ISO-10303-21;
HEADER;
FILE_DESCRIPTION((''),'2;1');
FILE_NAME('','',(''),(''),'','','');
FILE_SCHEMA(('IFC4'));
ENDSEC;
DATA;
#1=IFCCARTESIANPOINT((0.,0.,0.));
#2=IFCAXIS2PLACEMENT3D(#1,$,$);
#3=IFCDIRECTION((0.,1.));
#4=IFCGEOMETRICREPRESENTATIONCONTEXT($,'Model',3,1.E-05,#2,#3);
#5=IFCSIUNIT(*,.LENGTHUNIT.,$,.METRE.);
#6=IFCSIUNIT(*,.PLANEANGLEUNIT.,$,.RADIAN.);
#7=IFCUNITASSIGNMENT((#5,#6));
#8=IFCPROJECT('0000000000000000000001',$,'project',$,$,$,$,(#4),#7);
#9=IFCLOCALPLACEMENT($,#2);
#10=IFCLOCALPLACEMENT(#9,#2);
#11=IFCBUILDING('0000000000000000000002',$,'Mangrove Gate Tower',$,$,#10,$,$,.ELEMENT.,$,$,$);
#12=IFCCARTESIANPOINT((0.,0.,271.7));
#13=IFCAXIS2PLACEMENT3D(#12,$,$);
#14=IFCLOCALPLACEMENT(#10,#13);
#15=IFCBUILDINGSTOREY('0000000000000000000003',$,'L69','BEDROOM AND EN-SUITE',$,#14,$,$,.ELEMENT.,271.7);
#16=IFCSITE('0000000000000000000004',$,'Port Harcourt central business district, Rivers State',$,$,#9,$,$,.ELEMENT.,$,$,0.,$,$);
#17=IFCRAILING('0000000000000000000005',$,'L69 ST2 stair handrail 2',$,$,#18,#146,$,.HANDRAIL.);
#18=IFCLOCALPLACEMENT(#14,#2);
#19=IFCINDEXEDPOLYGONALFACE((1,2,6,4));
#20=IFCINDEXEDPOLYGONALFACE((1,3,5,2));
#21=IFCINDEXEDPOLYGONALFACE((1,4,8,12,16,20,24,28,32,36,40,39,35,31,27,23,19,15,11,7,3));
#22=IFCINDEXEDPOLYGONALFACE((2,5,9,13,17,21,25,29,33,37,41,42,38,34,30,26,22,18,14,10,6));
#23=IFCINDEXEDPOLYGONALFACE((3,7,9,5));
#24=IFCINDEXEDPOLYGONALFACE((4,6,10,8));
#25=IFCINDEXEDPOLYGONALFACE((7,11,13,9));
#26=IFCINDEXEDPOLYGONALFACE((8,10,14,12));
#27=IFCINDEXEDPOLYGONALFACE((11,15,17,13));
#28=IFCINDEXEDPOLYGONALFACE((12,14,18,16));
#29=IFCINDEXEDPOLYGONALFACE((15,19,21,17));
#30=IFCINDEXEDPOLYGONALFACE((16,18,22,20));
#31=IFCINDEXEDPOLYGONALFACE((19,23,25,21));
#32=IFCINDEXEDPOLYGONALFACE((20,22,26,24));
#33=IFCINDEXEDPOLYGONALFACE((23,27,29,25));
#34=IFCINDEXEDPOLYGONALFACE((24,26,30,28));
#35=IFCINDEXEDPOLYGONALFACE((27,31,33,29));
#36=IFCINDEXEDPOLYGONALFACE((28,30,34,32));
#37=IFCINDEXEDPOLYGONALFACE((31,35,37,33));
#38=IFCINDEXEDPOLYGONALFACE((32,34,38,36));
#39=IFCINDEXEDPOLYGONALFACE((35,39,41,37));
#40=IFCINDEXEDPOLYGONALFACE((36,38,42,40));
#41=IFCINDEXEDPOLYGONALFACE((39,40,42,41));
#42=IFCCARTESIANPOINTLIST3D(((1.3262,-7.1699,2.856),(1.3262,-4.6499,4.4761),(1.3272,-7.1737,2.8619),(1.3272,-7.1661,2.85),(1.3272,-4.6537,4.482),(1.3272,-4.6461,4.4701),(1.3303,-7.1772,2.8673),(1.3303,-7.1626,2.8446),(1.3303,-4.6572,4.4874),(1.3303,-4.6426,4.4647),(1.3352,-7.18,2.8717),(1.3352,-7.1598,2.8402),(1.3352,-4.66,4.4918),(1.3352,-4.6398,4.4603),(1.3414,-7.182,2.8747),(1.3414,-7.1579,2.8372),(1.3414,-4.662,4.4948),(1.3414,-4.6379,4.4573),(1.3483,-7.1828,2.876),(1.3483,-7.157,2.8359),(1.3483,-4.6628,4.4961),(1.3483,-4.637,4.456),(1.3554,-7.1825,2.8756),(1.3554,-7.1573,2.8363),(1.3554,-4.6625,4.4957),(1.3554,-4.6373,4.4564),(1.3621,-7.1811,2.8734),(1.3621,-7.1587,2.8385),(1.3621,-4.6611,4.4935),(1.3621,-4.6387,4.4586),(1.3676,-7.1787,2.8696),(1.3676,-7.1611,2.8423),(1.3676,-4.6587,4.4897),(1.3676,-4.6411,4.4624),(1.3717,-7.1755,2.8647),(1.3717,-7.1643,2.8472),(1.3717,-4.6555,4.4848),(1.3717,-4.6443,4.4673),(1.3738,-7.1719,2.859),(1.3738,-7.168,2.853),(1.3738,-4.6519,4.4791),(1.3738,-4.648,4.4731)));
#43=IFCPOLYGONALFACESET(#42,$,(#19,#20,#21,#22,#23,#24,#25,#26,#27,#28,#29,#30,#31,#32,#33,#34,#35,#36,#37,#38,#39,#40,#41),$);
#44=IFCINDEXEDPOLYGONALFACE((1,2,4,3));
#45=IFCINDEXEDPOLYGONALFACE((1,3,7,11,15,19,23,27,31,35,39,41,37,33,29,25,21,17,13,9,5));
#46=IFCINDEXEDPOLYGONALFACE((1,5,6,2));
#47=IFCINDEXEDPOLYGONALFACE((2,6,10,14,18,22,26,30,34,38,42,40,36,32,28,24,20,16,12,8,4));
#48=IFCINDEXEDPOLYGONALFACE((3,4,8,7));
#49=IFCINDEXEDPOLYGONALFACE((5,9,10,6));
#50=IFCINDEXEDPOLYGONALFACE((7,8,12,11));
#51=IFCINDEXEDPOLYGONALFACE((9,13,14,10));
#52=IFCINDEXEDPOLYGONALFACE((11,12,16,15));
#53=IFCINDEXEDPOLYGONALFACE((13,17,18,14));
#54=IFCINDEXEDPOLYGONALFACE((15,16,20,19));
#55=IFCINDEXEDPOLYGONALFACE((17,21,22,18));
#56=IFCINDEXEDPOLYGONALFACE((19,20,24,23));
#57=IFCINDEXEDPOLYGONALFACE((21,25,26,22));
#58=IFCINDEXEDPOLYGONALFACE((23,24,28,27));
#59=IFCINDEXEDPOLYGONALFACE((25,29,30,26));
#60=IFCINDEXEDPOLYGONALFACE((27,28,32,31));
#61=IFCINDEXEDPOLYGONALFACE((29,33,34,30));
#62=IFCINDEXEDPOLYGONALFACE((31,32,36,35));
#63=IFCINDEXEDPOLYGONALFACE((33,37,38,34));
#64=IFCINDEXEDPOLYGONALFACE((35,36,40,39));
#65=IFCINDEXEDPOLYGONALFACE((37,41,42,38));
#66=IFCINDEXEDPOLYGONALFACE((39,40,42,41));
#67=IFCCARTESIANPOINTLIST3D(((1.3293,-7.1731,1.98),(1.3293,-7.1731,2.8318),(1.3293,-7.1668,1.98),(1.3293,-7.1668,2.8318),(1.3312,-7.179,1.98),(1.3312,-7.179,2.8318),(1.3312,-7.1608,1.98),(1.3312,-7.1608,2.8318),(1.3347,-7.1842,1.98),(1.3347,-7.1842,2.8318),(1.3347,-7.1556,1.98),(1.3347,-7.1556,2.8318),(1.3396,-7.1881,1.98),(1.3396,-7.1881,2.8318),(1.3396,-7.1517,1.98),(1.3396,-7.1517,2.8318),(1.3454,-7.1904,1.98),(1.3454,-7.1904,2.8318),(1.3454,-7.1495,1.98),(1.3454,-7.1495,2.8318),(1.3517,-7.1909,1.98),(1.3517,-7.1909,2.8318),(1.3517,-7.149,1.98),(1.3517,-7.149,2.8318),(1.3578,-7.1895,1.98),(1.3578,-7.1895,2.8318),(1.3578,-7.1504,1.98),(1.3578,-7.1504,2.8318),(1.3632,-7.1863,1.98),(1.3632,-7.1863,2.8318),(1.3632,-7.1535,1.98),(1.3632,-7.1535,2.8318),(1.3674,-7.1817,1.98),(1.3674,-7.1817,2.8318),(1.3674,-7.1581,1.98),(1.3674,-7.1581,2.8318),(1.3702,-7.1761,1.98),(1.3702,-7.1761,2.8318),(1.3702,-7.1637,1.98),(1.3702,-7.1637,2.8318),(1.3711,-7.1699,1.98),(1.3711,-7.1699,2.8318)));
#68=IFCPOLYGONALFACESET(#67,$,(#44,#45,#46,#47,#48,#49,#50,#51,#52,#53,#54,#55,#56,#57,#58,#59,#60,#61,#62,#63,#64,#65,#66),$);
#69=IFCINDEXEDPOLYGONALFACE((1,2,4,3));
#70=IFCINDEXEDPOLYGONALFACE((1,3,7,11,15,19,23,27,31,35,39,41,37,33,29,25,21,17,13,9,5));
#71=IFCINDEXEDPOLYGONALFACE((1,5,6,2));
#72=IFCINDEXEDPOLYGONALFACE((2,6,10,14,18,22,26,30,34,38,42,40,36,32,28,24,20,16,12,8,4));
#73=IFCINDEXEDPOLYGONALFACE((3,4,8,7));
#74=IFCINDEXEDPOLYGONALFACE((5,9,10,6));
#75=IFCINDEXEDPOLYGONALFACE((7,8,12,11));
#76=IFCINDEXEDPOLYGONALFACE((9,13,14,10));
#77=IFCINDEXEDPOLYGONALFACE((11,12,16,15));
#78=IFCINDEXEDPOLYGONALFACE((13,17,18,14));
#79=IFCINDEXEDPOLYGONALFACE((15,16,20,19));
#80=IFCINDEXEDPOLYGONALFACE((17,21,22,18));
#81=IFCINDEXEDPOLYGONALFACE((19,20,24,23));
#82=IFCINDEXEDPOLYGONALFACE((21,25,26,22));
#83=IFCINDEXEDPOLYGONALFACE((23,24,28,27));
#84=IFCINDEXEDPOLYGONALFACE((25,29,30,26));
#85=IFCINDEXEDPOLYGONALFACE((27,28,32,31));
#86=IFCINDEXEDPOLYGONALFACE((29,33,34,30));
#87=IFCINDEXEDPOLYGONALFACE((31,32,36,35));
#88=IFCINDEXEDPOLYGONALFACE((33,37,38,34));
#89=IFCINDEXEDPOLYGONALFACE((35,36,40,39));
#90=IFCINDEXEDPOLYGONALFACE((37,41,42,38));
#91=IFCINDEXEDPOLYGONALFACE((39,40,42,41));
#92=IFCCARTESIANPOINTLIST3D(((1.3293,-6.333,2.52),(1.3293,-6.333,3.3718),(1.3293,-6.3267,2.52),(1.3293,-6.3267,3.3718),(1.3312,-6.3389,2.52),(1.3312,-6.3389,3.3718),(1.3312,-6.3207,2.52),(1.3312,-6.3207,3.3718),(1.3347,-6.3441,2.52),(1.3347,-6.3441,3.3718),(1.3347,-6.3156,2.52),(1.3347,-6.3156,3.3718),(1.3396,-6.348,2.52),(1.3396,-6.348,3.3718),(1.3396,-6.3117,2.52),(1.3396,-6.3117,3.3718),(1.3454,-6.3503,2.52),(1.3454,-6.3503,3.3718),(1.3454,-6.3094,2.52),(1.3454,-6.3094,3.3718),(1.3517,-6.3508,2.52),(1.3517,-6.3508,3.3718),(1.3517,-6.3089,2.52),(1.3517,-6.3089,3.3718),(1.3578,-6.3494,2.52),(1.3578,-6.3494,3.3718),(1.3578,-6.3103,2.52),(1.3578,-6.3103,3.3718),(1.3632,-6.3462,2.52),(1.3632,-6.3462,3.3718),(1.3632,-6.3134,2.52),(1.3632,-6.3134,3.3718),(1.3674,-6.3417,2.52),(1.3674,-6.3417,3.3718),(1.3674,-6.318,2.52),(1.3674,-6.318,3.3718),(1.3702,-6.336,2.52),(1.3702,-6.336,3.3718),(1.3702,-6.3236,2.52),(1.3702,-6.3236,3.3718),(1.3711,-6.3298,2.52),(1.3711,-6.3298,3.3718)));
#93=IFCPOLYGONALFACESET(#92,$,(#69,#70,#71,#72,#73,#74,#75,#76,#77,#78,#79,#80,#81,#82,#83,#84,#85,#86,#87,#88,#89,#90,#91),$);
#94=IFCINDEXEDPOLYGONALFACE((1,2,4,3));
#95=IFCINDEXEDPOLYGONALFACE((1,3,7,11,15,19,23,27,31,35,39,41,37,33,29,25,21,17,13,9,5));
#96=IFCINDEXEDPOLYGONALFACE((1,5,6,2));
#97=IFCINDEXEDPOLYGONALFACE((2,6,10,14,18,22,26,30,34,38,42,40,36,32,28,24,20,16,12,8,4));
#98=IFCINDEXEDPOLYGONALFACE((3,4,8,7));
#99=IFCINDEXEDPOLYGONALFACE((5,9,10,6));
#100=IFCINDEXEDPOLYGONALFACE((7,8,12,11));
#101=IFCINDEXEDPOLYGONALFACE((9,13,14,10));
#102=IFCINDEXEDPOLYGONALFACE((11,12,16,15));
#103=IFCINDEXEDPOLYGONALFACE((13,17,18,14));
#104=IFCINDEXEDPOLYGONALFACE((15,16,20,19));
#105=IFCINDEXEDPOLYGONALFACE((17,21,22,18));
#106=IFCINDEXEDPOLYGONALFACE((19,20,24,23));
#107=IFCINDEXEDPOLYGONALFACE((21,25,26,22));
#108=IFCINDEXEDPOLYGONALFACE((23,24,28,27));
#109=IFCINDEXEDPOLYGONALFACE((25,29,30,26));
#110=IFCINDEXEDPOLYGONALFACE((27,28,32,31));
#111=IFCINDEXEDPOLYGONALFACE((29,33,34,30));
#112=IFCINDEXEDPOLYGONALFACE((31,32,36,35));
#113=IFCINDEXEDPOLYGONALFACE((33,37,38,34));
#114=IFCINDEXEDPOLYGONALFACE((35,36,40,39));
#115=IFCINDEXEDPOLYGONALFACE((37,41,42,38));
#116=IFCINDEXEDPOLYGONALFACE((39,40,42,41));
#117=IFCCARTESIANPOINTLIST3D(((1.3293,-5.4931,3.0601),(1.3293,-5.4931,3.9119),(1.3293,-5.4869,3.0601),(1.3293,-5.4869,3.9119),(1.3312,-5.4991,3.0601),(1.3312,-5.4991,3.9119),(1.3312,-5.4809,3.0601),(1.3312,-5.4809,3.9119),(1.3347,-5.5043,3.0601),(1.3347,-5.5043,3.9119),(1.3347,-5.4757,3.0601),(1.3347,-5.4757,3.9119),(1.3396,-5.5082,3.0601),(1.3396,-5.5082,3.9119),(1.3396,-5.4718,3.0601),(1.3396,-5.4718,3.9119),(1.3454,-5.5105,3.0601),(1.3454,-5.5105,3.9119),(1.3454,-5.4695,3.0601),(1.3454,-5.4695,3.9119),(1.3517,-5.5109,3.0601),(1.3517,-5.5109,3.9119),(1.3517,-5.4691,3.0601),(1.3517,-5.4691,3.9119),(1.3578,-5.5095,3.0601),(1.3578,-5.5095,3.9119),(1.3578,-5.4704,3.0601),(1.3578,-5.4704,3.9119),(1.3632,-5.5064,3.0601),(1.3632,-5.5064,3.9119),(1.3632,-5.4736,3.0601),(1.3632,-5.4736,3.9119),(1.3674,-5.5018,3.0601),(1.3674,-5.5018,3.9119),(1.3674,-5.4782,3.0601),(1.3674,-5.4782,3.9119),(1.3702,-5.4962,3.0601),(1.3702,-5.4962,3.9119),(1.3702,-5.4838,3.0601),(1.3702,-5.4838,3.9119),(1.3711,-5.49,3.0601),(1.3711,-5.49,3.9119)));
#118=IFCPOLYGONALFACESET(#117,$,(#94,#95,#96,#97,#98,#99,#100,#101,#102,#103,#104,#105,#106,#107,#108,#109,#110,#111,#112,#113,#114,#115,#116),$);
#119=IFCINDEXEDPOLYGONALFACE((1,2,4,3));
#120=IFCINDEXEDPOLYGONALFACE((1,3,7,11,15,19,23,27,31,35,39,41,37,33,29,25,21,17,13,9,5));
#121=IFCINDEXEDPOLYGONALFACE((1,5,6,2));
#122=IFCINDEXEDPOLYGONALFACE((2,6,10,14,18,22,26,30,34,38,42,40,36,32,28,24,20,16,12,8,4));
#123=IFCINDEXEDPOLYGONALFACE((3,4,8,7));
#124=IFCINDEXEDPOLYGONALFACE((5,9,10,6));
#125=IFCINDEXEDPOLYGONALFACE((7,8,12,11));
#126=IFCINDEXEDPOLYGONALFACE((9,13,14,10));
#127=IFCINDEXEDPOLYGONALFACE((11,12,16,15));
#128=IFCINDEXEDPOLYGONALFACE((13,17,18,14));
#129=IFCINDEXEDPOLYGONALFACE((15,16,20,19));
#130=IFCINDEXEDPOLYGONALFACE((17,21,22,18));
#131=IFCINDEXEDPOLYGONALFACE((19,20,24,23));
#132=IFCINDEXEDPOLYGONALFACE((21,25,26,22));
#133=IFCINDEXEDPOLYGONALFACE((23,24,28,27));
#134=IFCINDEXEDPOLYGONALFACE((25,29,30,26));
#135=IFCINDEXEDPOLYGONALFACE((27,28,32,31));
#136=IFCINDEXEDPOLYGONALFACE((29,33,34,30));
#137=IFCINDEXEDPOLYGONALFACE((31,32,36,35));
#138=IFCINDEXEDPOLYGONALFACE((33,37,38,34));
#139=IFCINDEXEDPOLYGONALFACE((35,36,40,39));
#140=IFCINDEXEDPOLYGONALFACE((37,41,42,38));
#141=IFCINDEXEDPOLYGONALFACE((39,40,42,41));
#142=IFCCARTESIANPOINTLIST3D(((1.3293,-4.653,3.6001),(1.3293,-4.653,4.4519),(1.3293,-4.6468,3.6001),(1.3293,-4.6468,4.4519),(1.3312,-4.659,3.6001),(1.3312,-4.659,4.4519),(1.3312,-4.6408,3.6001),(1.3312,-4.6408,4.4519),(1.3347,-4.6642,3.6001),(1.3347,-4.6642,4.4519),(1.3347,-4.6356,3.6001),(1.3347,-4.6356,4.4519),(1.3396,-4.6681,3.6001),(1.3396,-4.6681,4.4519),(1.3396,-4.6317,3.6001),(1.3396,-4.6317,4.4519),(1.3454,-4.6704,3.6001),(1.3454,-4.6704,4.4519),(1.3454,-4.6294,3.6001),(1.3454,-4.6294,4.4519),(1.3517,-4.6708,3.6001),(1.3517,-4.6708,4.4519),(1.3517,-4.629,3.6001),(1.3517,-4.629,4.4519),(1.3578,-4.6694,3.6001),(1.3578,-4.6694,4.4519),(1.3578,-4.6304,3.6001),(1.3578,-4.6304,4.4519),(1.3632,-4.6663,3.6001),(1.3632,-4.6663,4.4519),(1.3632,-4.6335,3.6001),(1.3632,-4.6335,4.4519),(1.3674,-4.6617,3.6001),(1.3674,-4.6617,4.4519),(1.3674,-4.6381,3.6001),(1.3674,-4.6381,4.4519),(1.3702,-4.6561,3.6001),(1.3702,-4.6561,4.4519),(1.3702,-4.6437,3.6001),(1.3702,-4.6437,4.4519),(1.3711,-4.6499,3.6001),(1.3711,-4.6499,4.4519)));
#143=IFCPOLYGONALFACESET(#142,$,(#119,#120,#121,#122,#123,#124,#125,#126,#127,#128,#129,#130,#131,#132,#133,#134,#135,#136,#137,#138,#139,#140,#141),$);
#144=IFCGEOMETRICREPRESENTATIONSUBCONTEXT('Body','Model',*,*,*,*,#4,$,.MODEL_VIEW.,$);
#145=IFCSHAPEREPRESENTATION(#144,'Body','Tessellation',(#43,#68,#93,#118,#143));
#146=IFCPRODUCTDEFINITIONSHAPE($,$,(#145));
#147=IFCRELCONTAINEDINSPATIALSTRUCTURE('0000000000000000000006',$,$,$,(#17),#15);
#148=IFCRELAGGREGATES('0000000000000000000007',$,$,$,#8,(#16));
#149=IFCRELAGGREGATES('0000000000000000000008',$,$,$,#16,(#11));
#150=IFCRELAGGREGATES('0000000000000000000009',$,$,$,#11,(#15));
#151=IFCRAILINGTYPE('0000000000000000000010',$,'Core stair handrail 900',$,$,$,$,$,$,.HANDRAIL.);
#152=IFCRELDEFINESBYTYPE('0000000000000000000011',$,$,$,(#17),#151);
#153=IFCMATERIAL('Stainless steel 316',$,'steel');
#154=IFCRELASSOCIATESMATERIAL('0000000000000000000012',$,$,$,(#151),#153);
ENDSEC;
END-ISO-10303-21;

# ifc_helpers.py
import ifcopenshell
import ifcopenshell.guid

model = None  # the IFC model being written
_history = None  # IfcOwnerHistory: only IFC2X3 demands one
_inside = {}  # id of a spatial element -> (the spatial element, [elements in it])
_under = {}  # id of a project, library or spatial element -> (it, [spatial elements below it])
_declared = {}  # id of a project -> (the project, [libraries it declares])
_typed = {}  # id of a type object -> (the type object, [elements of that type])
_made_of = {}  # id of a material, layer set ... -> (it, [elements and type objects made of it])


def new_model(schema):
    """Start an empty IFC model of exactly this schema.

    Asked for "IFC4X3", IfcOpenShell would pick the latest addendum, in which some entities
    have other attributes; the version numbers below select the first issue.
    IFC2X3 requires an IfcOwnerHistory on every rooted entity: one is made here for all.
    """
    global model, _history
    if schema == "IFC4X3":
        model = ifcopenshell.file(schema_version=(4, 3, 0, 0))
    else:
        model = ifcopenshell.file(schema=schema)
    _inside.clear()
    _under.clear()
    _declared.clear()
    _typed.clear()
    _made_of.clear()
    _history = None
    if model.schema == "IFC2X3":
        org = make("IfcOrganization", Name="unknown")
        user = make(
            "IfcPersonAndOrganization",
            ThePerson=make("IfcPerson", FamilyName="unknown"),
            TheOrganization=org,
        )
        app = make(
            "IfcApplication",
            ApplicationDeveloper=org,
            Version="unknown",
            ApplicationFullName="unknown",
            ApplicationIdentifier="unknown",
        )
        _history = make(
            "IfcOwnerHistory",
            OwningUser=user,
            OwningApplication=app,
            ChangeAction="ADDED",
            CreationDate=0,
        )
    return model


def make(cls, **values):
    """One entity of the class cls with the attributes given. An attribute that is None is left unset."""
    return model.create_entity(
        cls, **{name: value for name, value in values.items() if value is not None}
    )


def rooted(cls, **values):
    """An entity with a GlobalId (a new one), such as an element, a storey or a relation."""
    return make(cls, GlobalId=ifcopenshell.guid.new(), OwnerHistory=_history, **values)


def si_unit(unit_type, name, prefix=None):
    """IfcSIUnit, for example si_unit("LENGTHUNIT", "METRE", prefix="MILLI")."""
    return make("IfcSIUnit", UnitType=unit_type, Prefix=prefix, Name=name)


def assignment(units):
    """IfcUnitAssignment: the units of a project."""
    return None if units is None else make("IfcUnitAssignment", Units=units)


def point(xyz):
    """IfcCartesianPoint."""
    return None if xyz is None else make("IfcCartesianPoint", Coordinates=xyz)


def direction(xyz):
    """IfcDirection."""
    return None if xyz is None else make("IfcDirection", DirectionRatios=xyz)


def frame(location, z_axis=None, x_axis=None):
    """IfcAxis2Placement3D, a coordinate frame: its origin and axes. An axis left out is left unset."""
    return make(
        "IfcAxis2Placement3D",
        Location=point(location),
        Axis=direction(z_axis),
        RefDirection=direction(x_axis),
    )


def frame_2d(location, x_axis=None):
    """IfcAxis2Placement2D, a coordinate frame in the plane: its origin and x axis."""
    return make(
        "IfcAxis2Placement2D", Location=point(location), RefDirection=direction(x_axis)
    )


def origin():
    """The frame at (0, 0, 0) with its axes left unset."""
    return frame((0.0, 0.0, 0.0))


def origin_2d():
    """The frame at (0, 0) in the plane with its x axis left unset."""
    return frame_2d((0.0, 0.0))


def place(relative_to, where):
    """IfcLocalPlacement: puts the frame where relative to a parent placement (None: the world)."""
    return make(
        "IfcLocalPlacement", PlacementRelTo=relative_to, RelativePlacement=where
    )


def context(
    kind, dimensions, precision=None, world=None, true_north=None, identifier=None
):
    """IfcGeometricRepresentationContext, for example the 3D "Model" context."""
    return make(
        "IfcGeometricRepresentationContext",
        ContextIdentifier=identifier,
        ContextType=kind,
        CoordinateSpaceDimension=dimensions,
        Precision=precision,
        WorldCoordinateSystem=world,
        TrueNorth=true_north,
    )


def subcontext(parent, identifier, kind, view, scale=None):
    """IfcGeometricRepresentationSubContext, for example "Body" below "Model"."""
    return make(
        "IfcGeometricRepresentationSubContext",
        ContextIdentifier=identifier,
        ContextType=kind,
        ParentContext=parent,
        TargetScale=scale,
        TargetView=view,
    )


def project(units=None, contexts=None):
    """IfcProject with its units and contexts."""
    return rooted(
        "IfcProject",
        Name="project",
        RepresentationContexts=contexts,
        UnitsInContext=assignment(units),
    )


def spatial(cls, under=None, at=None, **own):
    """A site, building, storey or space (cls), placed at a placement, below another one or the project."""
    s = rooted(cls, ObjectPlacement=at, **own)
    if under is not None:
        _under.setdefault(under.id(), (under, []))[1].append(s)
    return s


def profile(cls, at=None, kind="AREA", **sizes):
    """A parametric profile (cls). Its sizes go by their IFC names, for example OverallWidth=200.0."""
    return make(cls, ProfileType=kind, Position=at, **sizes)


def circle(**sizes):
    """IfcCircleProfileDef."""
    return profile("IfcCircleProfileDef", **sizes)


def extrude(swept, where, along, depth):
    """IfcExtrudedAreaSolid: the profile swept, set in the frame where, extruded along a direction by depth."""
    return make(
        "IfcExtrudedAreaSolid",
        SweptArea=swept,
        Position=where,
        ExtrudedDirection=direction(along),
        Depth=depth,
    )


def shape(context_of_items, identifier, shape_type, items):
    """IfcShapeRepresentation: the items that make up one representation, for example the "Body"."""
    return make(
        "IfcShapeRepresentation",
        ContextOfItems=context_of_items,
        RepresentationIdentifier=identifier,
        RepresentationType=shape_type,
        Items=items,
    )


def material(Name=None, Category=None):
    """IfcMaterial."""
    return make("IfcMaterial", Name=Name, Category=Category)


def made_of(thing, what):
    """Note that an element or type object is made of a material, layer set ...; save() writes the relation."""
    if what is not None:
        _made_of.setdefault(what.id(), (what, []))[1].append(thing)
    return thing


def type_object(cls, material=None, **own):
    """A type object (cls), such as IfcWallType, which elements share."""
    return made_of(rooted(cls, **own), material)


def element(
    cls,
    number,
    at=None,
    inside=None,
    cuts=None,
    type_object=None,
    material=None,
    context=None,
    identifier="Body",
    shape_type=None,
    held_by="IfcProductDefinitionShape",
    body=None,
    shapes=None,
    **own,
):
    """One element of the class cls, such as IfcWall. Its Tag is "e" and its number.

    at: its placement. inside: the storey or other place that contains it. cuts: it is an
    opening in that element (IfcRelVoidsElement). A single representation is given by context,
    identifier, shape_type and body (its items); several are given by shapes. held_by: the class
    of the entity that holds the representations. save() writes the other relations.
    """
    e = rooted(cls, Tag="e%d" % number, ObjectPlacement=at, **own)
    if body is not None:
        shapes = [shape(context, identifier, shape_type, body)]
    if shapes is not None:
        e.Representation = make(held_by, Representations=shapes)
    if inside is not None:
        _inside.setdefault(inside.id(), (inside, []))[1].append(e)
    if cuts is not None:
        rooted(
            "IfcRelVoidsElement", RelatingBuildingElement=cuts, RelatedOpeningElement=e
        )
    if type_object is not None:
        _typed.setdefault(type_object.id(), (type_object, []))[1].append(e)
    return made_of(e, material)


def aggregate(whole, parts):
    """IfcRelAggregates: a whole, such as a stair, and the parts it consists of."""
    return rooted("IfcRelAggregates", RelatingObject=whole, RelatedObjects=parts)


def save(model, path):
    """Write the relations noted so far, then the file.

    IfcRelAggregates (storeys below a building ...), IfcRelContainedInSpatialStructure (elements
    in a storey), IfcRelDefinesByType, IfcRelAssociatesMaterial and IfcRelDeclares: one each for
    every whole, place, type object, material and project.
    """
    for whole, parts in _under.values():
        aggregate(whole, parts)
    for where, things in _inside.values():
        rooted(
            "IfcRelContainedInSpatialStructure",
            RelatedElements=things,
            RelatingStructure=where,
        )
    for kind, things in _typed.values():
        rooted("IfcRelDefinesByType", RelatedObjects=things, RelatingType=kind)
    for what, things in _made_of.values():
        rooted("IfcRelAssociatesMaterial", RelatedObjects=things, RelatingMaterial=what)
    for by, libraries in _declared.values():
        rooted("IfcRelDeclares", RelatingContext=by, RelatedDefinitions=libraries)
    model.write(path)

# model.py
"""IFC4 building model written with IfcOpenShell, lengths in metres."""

from ifc_helpers import new_model, si_unit, direction, frame, origin, origin_2d, place, context, subcontext, project, spatial, circle, extrude, material, type_object, element, save


model = new_model("IFC4")

# Units and contexts
model_context = context("Model", 3, precision=1e-05, world=origin(), true_north=direction((0.0, 1.0)))
body_context = subcontext(model_context, "Body", "Model", "MODEL_VIEW")
ifc_project = project(units=[si_unit("LENGTHUNIT", "METRE"), si_unit("PLANEANGLEUNIT", "RADIAN")], contexts=[model_context])

# Site, building, storey
site_placement = place(None, origin())
site = spatial("IfcSite", under=ifc_project, at=site_placement, Name="Port Harcourt central business district, Rivers State", CompositionType="ELEMENT", RefElevation=0.0)
building_placement = place(site_placement, origin())
building = spatial("IfcBuilding", under=site, at=building_placement, Name="Mangrove Gate Tower", CompositionType="ELEMENT")
storey_placement = place(building_placement, frame((0.0, 0.0, 271.7)))
storey = spatial("IfcBuildingStorey", under=building, at=storey_placement, Name="L69", Description="BEDROOM AND EN-SUITE", CompositionType="ELEMENT", Elevation=271.7)

# Railing
ifc_material_1 = material(Name="Stainless steel 316", Category="steel")
railing_type_1 = type_object("IfcRailingType", Name="Core stair handrail 900", PredefinedType="HANDRAIL", material=ifc_material_1)
railing_1_placement = place(storey_placement, frame((1.3501, -7.1699, 1.98)))
element("IfcRailing", 1, at=railing_1_placement, inside=storey, type_object=railing_type_1, Name="L69 ST2 stair handrail 2", PredefinedType="HANDRAIL", context=body_context, shape_type="SweptSolid", body=[
    extrude(circle(Radius=0.0239, at=origin_2d()), frame((0.0, 0.0, 0.876), z_axis=(0.0, 0.841163, 0.540782), x_axis=(-1.0, 0.0, 0.0)), (0.0, 0.0, 1.0), 2.9958),
    extrude(circle(Radius=0.021, at=origin_2d()), origin(), (0.0, 0.0, 1.0), 0.8518),
    extrude(circle(Radius=0.021, at=origin_2d()), frame((0.0, 0.8401, 0.54)), (0.0, 0.0, 1.0), 0.8518),
    extrude(circle(Radius=0.021, at=origin_2d()), frame((0.0, 1.6799, 1.0801)), (0.0, 0.0, 1.0), 0.8518),
    extrude(circle(Radius=0.021, at=origin_2d()), frame((0.0, 2.52, 1.6201)), (0.0, 0.0, 1.0), 0.8518),
])

save(model, "model.ifc")
